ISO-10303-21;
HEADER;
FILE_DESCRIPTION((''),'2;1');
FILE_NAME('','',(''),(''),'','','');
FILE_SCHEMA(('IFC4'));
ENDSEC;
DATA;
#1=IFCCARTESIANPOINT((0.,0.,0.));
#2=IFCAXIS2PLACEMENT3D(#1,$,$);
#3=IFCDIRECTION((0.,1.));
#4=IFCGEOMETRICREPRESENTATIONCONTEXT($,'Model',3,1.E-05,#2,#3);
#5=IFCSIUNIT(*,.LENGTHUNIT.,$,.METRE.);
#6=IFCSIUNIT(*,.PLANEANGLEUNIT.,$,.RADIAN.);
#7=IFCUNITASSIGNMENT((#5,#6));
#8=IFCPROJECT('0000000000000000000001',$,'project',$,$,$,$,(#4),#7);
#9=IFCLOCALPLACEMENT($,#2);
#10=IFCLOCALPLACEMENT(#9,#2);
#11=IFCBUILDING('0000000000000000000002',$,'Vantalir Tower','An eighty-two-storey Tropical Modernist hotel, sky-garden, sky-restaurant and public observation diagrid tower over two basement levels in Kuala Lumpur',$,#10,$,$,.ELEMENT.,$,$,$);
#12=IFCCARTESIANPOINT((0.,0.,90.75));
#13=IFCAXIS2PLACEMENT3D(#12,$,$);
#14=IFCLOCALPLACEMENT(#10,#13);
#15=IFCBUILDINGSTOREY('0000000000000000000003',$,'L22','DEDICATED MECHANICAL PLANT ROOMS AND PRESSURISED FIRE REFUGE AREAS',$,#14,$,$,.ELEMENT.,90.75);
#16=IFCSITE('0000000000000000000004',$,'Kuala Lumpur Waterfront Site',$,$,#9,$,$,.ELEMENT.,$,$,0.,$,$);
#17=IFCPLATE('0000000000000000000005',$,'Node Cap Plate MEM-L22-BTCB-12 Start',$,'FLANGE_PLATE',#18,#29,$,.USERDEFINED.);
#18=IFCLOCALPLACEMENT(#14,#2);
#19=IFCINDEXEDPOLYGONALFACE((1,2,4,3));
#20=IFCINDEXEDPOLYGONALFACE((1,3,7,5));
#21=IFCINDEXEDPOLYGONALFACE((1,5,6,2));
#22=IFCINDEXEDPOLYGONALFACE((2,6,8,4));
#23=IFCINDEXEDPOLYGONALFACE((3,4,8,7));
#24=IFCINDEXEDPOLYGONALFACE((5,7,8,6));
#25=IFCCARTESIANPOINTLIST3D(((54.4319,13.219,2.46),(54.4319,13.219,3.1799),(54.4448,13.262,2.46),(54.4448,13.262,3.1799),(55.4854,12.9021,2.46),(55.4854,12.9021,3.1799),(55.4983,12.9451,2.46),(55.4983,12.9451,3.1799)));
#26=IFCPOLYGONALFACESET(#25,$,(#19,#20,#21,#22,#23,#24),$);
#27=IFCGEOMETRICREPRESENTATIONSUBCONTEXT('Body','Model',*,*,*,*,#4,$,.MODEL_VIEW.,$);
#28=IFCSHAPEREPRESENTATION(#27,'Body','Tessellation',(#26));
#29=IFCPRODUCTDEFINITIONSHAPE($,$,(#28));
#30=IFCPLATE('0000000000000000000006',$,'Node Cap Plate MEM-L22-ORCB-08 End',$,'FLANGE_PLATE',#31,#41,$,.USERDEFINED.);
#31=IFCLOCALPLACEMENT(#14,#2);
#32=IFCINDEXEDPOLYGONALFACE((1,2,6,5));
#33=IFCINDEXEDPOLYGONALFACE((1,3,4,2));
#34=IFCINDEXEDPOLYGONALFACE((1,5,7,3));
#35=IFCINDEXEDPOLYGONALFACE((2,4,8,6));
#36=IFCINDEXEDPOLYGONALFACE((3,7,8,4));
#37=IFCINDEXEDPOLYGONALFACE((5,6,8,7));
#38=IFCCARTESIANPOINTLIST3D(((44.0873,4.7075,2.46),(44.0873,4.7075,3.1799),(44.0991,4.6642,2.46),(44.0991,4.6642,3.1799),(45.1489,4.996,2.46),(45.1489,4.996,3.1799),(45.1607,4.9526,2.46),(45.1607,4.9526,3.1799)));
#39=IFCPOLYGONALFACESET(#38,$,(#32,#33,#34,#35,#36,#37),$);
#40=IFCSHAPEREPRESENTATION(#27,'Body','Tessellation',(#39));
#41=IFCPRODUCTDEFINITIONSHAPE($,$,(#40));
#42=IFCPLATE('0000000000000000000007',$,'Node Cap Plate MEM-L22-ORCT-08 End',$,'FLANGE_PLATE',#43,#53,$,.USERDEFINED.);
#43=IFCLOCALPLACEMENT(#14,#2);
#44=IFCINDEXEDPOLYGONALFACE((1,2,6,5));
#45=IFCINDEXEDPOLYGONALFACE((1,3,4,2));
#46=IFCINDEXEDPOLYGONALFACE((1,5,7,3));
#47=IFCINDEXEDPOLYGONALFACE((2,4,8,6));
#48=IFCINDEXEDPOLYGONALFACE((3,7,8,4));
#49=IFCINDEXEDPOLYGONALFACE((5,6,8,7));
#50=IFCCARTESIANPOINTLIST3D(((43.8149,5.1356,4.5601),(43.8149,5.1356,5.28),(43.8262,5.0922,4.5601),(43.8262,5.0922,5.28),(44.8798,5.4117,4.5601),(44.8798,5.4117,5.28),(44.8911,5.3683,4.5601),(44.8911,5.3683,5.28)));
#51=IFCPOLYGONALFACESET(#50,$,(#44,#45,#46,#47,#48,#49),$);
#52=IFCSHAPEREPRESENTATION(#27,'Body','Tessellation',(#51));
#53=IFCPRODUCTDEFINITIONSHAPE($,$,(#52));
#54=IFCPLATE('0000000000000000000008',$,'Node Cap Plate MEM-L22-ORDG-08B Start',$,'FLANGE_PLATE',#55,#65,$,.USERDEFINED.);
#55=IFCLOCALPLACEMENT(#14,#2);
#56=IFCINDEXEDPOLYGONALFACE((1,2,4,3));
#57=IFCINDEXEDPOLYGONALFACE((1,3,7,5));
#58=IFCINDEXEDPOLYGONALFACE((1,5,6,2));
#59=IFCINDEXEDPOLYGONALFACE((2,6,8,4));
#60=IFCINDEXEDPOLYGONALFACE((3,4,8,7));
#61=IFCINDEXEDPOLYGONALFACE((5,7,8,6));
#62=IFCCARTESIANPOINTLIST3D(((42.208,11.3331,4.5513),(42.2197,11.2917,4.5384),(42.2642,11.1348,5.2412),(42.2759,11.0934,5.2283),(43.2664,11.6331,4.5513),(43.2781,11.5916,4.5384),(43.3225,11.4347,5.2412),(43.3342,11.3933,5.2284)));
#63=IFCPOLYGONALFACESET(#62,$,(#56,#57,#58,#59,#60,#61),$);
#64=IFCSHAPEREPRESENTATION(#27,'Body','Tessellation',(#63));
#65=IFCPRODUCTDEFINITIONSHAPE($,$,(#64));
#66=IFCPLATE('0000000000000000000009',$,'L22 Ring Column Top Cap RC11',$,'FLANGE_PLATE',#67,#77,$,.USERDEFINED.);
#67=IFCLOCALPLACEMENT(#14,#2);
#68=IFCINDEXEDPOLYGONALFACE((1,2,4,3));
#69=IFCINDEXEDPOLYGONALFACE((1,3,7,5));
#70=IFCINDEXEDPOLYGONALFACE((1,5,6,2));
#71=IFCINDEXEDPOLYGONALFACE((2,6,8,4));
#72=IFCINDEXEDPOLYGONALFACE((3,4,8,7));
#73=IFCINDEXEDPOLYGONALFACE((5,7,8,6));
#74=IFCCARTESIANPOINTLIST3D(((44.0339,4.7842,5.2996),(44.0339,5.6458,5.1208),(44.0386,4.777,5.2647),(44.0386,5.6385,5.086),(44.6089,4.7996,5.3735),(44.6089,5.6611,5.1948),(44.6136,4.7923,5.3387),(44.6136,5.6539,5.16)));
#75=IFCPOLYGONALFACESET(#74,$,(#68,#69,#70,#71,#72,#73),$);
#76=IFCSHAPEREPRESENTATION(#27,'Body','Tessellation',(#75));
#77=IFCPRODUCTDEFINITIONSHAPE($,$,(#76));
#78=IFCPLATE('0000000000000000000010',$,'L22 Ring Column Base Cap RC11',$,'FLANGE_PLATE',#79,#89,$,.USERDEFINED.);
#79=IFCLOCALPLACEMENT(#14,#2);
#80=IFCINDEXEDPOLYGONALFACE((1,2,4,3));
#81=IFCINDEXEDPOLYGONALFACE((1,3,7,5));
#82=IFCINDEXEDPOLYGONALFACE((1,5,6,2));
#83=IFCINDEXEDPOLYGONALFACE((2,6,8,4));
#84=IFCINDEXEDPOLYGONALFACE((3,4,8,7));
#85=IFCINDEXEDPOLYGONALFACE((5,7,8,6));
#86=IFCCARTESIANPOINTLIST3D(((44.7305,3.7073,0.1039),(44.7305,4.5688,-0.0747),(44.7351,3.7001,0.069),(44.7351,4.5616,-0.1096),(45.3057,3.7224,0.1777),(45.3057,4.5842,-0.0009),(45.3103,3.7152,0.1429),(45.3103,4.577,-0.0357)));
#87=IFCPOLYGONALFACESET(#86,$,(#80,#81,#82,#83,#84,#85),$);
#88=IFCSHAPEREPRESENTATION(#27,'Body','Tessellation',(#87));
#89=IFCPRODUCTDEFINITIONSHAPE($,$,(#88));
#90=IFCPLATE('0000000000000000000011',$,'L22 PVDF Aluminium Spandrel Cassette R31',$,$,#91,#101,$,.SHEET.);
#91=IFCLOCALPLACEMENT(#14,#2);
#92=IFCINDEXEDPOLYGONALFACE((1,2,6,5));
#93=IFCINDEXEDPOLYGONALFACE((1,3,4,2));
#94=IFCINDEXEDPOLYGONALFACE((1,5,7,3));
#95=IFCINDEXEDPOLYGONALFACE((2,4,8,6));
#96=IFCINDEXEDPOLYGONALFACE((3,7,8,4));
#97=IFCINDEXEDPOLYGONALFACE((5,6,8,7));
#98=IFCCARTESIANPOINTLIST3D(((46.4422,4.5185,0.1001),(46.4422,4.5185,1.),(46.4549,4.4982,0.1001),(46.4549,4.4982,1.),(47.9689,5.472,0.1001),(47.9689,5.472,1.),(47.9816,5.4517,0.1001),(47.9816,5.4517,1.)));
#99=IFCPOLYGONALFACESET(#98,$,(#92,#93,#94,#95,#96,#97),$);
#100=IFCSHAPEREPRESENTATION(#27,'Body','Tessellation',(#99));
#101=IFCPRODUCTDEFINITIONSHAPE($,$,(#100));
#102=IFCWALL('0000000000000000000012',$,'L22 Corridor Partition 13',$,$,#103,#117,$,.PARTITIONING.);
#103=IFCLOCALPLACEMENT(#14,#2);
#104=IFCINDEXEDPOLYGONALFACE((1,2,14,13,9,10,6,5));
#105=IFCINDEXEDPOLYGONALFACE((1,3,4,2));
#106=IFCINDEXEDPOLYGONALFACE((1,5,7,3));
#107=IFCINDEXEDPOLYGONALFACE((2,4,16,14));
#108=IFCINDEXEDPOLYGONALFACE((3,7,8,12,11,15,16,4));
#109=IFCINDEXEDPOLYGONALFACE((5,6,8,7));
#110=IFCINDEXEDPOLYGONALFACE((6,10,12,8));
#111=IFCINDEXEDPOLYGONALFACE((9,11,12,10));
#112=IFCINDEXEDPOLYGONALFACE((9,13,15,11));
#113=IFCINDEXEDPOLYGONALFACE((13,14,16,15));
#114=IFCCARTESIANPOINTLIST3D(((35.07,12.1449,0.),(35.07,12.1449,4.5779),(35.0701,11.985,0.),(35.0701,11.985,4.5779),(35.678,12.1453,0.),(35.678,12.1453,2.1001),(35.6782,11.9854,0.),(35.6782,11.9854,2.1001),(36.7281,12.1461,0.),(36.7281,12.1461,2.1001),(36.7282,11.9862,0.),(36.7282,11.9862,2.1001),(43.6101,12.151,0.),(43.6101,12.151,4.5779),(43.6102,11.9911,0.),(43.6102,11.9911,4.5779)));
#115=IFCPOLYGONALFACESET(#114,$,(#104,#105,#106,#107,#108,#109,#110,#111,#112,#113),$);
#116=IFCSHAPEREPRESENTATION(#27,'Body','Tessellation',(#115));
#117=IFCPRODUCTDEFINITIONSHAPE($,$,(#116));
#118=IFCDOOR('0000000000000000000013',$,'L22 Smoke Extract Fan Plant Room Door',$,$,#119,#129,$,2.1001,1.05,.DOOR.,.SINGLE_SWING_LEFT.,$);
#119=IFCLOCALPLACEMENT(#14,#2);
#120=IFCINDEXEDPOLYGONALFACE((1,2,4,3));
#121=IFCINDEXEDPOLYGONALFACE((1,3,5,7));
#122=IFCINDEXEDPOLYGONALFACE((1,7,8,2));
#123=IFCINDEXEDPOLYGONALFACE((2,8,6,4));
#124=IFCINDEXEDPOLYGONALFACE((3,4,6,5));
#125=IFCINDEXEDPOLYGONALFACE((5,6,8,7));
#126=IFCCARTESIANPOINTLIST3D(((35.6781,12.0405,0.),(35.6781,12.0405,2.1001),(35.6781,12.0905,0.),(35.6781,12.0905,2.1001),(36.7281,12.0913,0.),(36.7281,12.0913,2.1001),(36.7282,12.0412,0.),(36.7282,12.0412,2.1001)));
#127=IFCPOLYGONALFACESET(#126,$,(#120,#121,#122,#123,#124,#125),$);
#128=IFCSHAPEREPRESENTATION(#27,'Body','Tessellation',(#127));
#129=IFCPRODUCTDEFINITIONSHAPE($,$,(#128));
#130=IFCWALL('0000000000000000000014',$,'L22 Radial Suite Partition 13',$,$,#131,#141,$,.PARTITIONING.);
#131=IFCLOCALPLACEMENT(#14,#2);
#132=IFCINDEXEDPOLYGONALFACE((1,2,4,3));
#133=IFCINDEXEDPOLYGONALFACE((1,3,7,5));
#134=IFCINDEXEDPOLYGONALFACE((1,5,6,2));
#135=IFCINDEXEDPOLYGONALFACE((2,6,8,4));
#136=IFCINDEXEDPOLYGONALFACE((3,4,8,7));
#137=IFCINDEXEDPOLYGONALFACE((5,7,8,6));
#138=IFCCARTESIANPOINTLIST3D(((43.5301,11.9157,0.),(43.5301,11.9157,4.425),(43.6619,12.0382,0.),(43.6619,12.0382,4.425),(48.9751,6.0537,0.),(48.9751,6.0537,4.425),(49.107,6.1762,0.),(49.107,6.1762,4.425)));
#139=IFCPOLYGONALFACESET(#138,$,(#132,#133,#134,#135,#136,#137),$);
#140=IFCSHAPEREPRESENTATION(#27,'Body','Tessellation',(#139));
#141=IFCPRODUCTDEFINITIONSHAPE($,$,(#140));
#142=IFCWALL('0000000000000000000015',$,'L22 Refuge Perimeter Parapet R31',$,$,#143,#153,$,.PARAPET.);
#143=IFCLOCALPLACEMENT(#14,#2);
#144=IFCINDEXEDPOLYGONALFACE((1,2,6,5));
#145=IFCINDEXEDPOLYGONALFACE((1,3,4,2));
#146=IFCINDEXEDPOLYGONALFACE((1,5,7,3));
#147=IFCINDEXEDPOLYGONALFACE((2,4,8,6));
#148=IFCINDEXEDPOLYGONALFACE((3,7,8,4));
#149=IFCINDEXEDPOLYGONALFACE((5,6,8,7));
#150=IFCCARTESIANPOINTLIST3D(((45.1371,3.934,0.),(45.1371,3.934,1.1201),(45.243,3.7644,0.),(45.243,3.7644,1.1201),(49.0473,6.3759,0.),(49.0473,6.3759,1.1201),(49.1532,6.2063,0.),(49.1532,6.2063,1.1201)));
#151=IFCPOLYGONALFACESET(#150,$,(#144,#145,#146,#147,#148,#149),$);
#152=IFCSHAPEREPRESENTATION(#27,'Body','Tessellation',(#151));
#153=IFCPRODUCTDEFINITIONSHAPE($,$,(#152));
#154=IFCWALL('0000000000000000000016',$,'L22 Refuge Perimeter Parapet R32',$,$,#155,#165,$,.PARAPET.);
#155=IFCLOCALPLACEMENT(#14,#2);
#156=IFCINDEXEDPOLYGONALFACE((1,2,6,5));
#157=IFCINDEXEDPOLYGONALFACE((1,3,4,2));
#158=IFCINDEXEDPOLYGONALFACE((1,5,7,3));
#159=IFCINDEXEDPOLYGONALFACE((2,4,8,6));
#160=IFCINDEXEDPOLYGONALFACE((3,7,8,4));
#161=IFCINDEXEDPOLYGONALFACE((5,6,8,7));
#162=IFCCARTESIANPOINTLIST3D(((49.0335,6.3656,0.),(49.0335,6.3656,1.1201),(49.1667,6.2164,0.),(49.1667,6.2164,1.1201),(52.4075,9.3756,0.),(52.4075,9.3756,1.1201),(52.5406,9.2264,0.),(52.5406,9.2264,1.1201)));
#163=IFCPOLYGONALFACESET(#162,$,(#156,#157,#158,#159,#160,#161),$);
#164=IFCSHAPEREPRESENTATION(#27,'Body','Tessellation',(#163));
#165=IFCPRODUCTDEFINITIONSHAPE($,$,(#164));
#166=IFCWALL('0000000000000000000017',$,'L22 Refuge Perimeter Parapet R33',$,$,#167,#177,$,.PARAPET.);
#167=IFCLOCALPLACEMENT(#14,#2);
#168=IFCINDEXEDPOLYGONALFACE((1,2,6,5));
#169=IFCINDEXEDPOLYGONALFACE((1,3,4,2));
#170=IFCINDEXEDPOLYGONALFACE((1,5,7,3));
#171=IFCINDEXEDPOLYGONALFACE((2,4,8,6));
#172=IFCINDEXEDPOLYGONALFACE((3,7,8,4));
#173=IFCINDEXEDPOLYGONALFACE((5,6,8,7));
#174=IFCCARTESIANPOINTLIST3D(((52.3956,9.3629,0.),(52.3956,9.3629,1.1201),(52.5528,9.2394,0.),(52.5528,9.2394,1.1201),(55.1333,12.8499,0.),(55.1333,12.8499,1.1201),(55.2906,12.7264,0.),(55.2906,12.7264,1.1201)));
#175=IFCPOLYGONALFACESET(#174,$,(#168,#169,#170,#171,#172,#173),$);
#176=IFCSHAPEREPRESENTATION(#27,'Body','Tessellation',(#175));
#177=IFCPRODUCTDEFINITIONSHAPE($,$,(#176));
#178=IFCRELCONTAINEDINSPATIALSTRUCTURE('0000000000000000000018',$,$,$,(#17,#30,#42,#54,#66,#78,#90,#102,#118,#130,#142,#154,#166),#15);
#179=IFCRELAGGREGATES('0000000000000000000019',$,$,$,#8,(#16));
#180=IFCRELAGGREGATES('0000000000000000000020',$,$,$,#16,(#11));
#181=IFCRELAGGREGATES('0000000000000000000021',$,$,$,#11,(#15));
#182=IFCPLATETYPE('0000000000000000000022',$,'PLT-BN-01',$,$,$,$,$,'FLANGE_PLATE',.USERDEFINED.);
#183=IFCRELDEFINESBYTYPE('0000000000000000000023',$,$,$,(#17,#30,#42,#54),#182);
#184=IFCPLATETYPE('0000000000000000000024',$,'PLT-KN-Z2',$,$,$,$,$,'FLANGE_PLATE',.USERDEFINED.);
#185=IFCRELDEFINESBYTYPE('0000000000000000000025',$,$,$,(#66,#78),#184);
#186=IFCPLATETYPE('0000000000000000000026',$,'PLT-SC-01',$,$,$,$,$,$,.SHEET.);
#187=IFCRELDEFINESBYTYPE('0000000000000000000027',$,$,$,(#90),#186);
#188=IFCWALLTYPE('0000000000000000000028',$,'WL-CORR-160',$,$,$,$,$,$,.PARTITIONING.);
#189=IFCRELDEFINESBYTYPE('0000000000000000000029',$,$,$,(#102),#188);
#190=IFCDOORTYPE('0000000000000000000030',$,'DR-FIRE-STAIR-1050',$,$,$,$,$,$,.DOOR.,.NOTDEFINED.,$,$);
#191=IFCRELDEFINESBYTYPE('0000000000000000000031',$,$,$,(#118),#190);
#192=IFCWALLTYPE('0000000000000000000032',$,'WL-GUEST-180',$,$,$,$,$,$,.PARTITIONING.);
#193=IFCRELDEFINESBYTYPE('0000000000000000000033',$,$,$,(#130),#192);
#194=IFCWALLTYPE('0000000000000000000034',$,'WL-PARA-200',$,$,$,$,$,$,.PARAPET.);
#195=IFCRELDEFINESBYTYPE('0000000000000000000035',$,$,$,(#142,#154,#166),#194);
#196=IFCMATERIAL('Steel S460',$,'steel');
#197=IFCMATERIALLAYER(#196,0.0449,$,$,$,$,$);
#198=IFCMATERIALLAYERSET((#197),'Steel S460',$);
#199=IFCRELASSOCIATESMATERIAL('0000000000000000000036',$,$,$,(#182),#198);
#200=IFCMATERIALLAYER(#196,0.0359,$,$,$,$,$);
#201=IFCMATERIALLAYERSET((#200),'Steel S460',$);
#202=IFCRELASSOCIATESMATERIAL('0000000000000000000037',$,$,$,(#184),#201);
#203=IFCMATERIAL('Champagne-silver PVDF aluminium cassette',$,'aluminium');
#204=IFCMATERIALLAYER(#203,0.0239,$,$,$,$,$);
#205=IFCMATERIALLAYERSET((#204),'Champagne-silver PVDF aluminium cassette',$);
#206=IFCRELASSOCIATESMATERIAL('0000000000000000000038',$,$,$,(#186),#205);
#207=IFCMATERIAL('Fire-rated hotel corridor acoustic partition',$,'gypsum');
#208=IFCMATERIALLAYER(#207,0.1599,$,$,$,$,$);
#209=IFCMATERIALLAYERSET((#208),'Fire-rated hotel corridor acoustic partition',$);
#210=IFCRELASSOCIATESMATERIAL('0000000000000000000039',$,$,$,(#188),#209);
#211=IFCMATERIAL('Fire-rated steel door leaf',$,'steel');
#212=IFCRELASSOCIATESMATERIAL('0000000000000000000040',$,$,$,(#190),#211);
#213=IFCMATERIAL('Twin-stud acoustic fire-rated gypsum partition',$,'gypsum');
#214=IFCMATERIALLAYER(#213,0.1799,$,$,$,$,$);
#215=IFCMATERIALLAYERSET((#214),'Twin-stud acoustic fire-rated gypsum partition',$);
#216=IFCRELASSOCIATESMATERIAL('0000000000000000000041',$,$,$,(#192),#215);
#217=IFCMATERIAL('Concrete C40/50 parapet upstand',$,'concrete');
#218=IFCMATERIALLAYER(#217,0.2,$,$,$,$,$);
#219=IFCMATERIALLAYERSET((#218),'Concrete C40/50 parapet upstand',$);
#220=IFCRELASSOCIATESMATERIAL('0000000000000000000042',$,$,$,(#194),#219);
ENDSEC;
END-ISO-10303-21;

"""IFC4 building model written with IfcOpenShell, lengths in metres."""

from ifc_helpers import new_model, si_unit, direction, frame, frame_2d, origin, origin_2d, place, context, subcontext, project, spatial, polyline, rectangle, outline, extrude, material, layer, layer_set, type_object, element, fill, save


model = new_model("IFC4")

# Units and contexts
model_context = context("Model", 3, precision=1e-05, world=origin(), true_north=direction((0.0, 1.0)))
body_context = subcontext(model_context, "Body", "Model", "MODEL_VIEW")
ifc_project = project(units=[si_unit("LENGTHUNIT", "METRE"), si_unit("PLANEANGLEUNIT", "RADIAN")], contexts=[model_context])

# Site, building, storey
site_placement = place(None, origin())
site = spatial("IfcSite", under=ifc_project, at=site_placement, Name="Kuala Lumpur Waterfront Site", CompositionType="ELEMENT", RefElevation=0.0)
building_placement = place(site_placement, origin())
building = spatial("IfcBuilding", under=site, at=building_placement, Name="Vantalir Tower", Description="An eighty-two-storey Tropical Modernist hotel, sky-garden, sky-restaurant and public observation diagrid tower over two basement levels in Kuala Lumpur", CompositionType="ELEMENT")
storey_placement = place(building_placement, frame((0.0, 0.0, 90.75)))
storey = spatial("IfcBuildingStorey", under=building, at=storey_placement, Name="L22", Description="DEDICATED MECHANICAL PLANT ROOMS AND PRESSURISED FIRE REFUGE AREAS", CompositionType="ELEMENT", Elevation=90.75)

# Shared definitions
ifc_material_1 = material(Name="Steel S460", Category="steel")

# Plates
ifc_layer_1 = layer(ifc_material_1, 0.0449)
ifc_layer_set_1 = layer_set([ifc_layer_1], Name="Steel S460")
plate_type_1 = type_object("IfcPlateType", Name="PLT-BN-01", ElementType="FLANGE_PLATE", PredefinedType="USERDEFINED", material=ifc_layer_set_1)
for number, where, z_axis, x_axis, name in (
    (1, (54.9651, 13.082, 2.46), (0.0, 0.0, 1.0), (0.288063, 0.957612, 0.0), "Node Cap Plate MEM-L22-BTCB-12 Start"),
    (2, (44.624, 4.8301, 2.46), (0.0, 0.0, 1.0), (0.262206, -0.965012, 0.0), "Node Cap Plate MEM-L22-ORCB-08 End"),
    (3, (44.353, 5.252, 4.5601), (0.0, 0.0, 1.0), (0.250971, -0.967995, 0.0), "Node Cap Plate MEM-L22-ORCT-08 End"),
):
    element("IfcPlate", number, at=place(storey_placement, frame(where, z_axis=z_axis, x_axis=x_axis)), inside=storey, type_object=plate_type_1, Name=name, ObjectType="FLANGE_PLATE", PredefinedType="USERDEFINED", context=body_context, shape_type="SweptSolid", body=[
        extrude(rectangle(XDim=0.0449, YDim=1.1001, at=origin_2d()), origin(), (0.0, 0.0, 1.0), 0.72),
    ])
plate_1_placement = place(storey_placement, frame((43.2664, 11.6331, 4.5513), z_axis=(-0.261241, 0.921839, 0.286298), x_axis=(-0.96211, -0.272662, 0.000029)))
element("IfcPlate", 4, at=plate_1_placement, inside=storey, type_object=plate_type_1, Name="Node Cap Plate MEM-L22-ORDG-08B Start", ObjectType="FLANGE_PLATE", PredefinedType="USERDEFINED", context=body_context, shape_type="SweptSolid", body=[
    extrude(outline(polyline([(0.0, 0.0), (1.1001, 0.0), (1.1001, 0.7201), (0.0001, 0.7201), (0.0, 0.0)])), origin(), (0.0, 0.0, -1.0), 0.0449),
])
ifc_layer_2 = layer(ifc_material_1, 0.0359)
ifc_layer_set_2 = layer_set([ifc_layer_2], Name="Steel S460")
plate_type_2 = type_object("IfcPlateType", Name="PLT-KN-Z2", ElementType="FLANGE_PLATE", PredefinedType="USERDEFINED", material=ifc_layer_set_2)
plate_2_placement = place(storey_placement, frame((44.0339, 5.6458, 5.1208), z_axis=(-0.130294, 0.20137, 0.970811), x_axis=(0.0, -0.979158, 0.203101)))
element("IfcPlate", 5, at=plate_2_placement, inside=storey, type_object=plate_type_2, Name="L22 Ring Column Top Cap RC11", ObjectType="FLANGE_PLATE", PredefinedType="USERDEFINED", context=body_context, shape_type="SweptSolid", body=[
    extrude(outline(polyline([(0.0, 0.0), (0.8799, 0.0), (0.8799, 0.5799), (0.0, 0.5799), (0.0, 0.0)])), origin(), (0.0, 0.0, -1.0), 0.0359),
])
plate_3_placement = place(storey_placement, frame((44.7305, 4.5688, -0.0747), z_axis=(-0.129995, 0.201218, 0.970882), x_axis=(-0.000014, -0.979191, 0.202939)))
element("IfcPlate", 6, at=plate_3_placement, inside=storey, type_object=plate_type_2, Name="L22 Ring Column Base Cap RC11", ObjectType="FLANGE_PLATE", PredefinedType="USERDEFINED", context=body_context, shape_type="SweptSolid", body=[
    extrude(outline(polyline([(0.0, 0.0), (0.8799, 0.0), (0.88, 0.5801), (-0.0001, 0.5801), (0.0, 0.0)])), origin(), (0.0, 0.0, -1.0), 0.0359),
])
ifc_material_2 = material(Name="Champagne-silver PVDF aluminium cassette", Category="aluminium")
ifc_layer_3 = layer(ifc_material_2, 0.0239)
ifc_layer_set_3 = layer_set([ifc_layer_3], Name="Champagne-silver PVDF aluminium cassette")
plate_type_3 = type_object("IfcPlateType", Name="PLT-SC-01", PredefinedType="SHEET", material=ifc_layer_set_3)
plate_4_placement = place(storey_placement, frame((47.2119, 4.9851, 0.1001), z_axis=(0.0, 0.0, 1.0), x_axis=(0.848168, 0.529727, 0.0)))
element("IfcPlate", 7, at=plate_4_placement, inside=storey, type_object=plate_type_3, Name="L22 PVDF Aluminium Spandrel Cassette R31", PredefinedType="SHEET", context=body_context, shape_type="SweptSolid", body=[
    extrude(rectangle(XDim=1.8, YDim=0.0239, at=origin_2d()), origin(), (0.0, 0.0, 1.0), 0.8999),
])

# Wall, opening, door
ifc_material_3 = material(Name="Fire-rated hotel corridor acoustic partition", Category="gypsum")
ifc_layer_4 = layer(ifc_material_3, 0.1599)
ifc_layer_set_4 = layer_set([ifc_layer_4], Name="Fire-rated hotel corridor acoustic partition")
wall_type_1 = type_object("IfcWallType", Name="WL-CORR-160", PredefinedType="PARTITIONING", material=ifc_layer_set_4)
wall_1_placement = place(storey_placement, frame((43.6101, 12.071, 0.0), z_axis=(0.0, 0.0, 1.0), x_axis=(-1.0, -0.000715, 0.0)))
wall_1 = element("IfcWall", 8, at=wall_1_placement, inside=storey, type_object=wall_type_1, Name="L22 Corridor Partition 13", PredefinedType="PARTITIONING", context=body_context, shape_type="SweptSolid", body=[
    extrude(rectangle(XDim=8.54, YDim=0.1599, at=frame_2d((4.27, 0.0))), origin(), (0.0, 0.0, 1.0), 4.5779),
])
opening_placement = place(wall_1_placement, frame((6.8821, 0.0, 0.0)))
opening = element("IfcOpeningElement", 9, at=opening_placement, cuts=wall_1, PredefinedType="OPENING", context=body_context, shape_type="SweptSolid", body=[
    extrude(rectangle(XDim=1.05, YDim=2.1001, at=frame_2d((0.5249, 1.05))), frame((0.0, 0.0898, 0.0), z_axis=(0.0, -1.0, 0.0), x_axis=(1.0, 0.0, 0.0)), (0.0, 0.0, 1.0), 0.1799),
])
ifc_material_4 = material(Name="Fire-rated steel door leaf", Category="steel")
door_type = type_object("IfcDoorType", Name="DR-FIRE-STAIR-1050", OperationType="NOTDEFINED", PredefinedType="DOOR", material=ifc_material_4)
door_placement = place(opening_placement, origin())
door = element("IfcDoor", 10, at=door_placement, inside=storey, type_object=door_type, Name="L22 Smoke Extract Fan Plant Room Door", OperationType="SINGLE_SWING_LEFT", OverallHeight=2.1001, OverallWidth=1.05, PredefinedType="DOOR", context=body_context, shape_type="SweptSolid", body=[
    extrude(rectangle(XDim=1.05, YDim=2.1001, at=frame_2d((0.5249, 1.05))), frame((0.0, 0.0249, 0.0), z_axis=(0.0, -1.0, 0.0), x_axis=(1.0, 0.0, 0.0)), (0.0, 0.0, 1.0), 0.05),
])
fill(opening, door)

# Walls
ifc_material_5 = material(Name="Twin-stud acoustic fire-rated gypsum partition", Category="gypsum")
ifc_layer_5 = layer(ifc_material_5, 0.1799)
ifc_layer_set_5 = layer_set([ifc_layer_5], Name="Twin-stud acoustic fire-rated gypsum partition")
wall_type_2 = type_object("IfcWallType", Name="WL-GUEST-180", PredefinedType="PARTITIONING", material=ifc_layer_set_5)
wall_2_placement = place(storey_placement, frame((43.5959, 11.9771, 0.0), z_axis=(0.0, 0.0, 1.0), x_axis=(0.680567, -0.732686, 0.0)))
element("IfcWall", 11, at=wall_2_placement, inside=storey, type_object=wall_type_2, Name="L22 Radial Suite Partition 13", PredefinedType="PARTITIONING", context=body_context, shape_type="SweptSolid", body=[
    extrude(rectangle(XDim=8.0007, YDim=0.1799, at=frame_2d((4.0005, 0.0))), origin(), (0.0, 0.0, 1.0), 4.425),
])
ifc_material_6 = material(Name="Concrete C40/50 parapet upstand", Category="concrete")
ifc_layer_6 = layer(ifc_material_6, 0.2)
ifc_layer_set_6 = layer_set([ifc_layer_6], Name="Concrete C40/50 parapet upstand")
wall_type_3 = type_object("IfcWallType", Name="WL-PARA-200", PredefinedType="PARAPET", material=ifc_layer_set_6)
wall_3_placement = place(storey_placement, frame((45.1899, 3.8491, 0.0), z_axis=(0.0, 0.0, 1.0), x_axis=(0.848189, 0.529694, 0.0)))
element("IfcWall", 12, at=wall_3_placement, inside=storey, type_object=wall_type_3, Name="L22 Refuge Perimeter Parapet R31", PredefinedType="PARAPET", context=body_context, shape_type="SweptSolid", body=[
    extrude(rectangle(XDim=4.6101, YDim=0.2, at=frame_2d((2.3052, 0.0))), origin(), (0.0, 0.0, 1.0), 1.1201),
])
wall_4_placement = place(storey_placement, frame((49.1001, 6.291, 0.0), z_axis=(0.0, 0.0, 1.0), x_axis=(0.746214, 0.665707, 0.0)))
element("IfcWall", 13, at=wall_4_placement, inside=storey, type_object=wall_type_3, Name="L22 Refuge Perimeter Parapet R32", PredefinedType="PARAPET", context=body_context, shape_type="SweptSolid", body=[
    extrude(rectangle(XDim=4.5215, YDim=0.2, at=frame_2d((2.2607, 0.0))), origin(), (0.0, 0.0, 1.0), 1.1201),
])
wall_5_placement = place(storey_placement, frame((52.4741, 9.301, 0.0), z_axis=(0.0, 0.0, 1.0), x_axis=(0.617537, 0.786542, 0.0)))
element("IfcWall", 14, at=wall_5_placement, inside=storey, type_object=wall_type_3, Name="L22 Refuge Perimeter Parapet R33", PredefinedType="PARAPET", context=body_context, shape_type="SweptSolid", body=[
    extrude(rectangle(XDim=4.4333, YDim=0.2, at=frame_2d((2.2168, 0.0))), origin(), (0.0, 0.0, 1.0), 1.1201),
])

save(model, "model.ifc")
